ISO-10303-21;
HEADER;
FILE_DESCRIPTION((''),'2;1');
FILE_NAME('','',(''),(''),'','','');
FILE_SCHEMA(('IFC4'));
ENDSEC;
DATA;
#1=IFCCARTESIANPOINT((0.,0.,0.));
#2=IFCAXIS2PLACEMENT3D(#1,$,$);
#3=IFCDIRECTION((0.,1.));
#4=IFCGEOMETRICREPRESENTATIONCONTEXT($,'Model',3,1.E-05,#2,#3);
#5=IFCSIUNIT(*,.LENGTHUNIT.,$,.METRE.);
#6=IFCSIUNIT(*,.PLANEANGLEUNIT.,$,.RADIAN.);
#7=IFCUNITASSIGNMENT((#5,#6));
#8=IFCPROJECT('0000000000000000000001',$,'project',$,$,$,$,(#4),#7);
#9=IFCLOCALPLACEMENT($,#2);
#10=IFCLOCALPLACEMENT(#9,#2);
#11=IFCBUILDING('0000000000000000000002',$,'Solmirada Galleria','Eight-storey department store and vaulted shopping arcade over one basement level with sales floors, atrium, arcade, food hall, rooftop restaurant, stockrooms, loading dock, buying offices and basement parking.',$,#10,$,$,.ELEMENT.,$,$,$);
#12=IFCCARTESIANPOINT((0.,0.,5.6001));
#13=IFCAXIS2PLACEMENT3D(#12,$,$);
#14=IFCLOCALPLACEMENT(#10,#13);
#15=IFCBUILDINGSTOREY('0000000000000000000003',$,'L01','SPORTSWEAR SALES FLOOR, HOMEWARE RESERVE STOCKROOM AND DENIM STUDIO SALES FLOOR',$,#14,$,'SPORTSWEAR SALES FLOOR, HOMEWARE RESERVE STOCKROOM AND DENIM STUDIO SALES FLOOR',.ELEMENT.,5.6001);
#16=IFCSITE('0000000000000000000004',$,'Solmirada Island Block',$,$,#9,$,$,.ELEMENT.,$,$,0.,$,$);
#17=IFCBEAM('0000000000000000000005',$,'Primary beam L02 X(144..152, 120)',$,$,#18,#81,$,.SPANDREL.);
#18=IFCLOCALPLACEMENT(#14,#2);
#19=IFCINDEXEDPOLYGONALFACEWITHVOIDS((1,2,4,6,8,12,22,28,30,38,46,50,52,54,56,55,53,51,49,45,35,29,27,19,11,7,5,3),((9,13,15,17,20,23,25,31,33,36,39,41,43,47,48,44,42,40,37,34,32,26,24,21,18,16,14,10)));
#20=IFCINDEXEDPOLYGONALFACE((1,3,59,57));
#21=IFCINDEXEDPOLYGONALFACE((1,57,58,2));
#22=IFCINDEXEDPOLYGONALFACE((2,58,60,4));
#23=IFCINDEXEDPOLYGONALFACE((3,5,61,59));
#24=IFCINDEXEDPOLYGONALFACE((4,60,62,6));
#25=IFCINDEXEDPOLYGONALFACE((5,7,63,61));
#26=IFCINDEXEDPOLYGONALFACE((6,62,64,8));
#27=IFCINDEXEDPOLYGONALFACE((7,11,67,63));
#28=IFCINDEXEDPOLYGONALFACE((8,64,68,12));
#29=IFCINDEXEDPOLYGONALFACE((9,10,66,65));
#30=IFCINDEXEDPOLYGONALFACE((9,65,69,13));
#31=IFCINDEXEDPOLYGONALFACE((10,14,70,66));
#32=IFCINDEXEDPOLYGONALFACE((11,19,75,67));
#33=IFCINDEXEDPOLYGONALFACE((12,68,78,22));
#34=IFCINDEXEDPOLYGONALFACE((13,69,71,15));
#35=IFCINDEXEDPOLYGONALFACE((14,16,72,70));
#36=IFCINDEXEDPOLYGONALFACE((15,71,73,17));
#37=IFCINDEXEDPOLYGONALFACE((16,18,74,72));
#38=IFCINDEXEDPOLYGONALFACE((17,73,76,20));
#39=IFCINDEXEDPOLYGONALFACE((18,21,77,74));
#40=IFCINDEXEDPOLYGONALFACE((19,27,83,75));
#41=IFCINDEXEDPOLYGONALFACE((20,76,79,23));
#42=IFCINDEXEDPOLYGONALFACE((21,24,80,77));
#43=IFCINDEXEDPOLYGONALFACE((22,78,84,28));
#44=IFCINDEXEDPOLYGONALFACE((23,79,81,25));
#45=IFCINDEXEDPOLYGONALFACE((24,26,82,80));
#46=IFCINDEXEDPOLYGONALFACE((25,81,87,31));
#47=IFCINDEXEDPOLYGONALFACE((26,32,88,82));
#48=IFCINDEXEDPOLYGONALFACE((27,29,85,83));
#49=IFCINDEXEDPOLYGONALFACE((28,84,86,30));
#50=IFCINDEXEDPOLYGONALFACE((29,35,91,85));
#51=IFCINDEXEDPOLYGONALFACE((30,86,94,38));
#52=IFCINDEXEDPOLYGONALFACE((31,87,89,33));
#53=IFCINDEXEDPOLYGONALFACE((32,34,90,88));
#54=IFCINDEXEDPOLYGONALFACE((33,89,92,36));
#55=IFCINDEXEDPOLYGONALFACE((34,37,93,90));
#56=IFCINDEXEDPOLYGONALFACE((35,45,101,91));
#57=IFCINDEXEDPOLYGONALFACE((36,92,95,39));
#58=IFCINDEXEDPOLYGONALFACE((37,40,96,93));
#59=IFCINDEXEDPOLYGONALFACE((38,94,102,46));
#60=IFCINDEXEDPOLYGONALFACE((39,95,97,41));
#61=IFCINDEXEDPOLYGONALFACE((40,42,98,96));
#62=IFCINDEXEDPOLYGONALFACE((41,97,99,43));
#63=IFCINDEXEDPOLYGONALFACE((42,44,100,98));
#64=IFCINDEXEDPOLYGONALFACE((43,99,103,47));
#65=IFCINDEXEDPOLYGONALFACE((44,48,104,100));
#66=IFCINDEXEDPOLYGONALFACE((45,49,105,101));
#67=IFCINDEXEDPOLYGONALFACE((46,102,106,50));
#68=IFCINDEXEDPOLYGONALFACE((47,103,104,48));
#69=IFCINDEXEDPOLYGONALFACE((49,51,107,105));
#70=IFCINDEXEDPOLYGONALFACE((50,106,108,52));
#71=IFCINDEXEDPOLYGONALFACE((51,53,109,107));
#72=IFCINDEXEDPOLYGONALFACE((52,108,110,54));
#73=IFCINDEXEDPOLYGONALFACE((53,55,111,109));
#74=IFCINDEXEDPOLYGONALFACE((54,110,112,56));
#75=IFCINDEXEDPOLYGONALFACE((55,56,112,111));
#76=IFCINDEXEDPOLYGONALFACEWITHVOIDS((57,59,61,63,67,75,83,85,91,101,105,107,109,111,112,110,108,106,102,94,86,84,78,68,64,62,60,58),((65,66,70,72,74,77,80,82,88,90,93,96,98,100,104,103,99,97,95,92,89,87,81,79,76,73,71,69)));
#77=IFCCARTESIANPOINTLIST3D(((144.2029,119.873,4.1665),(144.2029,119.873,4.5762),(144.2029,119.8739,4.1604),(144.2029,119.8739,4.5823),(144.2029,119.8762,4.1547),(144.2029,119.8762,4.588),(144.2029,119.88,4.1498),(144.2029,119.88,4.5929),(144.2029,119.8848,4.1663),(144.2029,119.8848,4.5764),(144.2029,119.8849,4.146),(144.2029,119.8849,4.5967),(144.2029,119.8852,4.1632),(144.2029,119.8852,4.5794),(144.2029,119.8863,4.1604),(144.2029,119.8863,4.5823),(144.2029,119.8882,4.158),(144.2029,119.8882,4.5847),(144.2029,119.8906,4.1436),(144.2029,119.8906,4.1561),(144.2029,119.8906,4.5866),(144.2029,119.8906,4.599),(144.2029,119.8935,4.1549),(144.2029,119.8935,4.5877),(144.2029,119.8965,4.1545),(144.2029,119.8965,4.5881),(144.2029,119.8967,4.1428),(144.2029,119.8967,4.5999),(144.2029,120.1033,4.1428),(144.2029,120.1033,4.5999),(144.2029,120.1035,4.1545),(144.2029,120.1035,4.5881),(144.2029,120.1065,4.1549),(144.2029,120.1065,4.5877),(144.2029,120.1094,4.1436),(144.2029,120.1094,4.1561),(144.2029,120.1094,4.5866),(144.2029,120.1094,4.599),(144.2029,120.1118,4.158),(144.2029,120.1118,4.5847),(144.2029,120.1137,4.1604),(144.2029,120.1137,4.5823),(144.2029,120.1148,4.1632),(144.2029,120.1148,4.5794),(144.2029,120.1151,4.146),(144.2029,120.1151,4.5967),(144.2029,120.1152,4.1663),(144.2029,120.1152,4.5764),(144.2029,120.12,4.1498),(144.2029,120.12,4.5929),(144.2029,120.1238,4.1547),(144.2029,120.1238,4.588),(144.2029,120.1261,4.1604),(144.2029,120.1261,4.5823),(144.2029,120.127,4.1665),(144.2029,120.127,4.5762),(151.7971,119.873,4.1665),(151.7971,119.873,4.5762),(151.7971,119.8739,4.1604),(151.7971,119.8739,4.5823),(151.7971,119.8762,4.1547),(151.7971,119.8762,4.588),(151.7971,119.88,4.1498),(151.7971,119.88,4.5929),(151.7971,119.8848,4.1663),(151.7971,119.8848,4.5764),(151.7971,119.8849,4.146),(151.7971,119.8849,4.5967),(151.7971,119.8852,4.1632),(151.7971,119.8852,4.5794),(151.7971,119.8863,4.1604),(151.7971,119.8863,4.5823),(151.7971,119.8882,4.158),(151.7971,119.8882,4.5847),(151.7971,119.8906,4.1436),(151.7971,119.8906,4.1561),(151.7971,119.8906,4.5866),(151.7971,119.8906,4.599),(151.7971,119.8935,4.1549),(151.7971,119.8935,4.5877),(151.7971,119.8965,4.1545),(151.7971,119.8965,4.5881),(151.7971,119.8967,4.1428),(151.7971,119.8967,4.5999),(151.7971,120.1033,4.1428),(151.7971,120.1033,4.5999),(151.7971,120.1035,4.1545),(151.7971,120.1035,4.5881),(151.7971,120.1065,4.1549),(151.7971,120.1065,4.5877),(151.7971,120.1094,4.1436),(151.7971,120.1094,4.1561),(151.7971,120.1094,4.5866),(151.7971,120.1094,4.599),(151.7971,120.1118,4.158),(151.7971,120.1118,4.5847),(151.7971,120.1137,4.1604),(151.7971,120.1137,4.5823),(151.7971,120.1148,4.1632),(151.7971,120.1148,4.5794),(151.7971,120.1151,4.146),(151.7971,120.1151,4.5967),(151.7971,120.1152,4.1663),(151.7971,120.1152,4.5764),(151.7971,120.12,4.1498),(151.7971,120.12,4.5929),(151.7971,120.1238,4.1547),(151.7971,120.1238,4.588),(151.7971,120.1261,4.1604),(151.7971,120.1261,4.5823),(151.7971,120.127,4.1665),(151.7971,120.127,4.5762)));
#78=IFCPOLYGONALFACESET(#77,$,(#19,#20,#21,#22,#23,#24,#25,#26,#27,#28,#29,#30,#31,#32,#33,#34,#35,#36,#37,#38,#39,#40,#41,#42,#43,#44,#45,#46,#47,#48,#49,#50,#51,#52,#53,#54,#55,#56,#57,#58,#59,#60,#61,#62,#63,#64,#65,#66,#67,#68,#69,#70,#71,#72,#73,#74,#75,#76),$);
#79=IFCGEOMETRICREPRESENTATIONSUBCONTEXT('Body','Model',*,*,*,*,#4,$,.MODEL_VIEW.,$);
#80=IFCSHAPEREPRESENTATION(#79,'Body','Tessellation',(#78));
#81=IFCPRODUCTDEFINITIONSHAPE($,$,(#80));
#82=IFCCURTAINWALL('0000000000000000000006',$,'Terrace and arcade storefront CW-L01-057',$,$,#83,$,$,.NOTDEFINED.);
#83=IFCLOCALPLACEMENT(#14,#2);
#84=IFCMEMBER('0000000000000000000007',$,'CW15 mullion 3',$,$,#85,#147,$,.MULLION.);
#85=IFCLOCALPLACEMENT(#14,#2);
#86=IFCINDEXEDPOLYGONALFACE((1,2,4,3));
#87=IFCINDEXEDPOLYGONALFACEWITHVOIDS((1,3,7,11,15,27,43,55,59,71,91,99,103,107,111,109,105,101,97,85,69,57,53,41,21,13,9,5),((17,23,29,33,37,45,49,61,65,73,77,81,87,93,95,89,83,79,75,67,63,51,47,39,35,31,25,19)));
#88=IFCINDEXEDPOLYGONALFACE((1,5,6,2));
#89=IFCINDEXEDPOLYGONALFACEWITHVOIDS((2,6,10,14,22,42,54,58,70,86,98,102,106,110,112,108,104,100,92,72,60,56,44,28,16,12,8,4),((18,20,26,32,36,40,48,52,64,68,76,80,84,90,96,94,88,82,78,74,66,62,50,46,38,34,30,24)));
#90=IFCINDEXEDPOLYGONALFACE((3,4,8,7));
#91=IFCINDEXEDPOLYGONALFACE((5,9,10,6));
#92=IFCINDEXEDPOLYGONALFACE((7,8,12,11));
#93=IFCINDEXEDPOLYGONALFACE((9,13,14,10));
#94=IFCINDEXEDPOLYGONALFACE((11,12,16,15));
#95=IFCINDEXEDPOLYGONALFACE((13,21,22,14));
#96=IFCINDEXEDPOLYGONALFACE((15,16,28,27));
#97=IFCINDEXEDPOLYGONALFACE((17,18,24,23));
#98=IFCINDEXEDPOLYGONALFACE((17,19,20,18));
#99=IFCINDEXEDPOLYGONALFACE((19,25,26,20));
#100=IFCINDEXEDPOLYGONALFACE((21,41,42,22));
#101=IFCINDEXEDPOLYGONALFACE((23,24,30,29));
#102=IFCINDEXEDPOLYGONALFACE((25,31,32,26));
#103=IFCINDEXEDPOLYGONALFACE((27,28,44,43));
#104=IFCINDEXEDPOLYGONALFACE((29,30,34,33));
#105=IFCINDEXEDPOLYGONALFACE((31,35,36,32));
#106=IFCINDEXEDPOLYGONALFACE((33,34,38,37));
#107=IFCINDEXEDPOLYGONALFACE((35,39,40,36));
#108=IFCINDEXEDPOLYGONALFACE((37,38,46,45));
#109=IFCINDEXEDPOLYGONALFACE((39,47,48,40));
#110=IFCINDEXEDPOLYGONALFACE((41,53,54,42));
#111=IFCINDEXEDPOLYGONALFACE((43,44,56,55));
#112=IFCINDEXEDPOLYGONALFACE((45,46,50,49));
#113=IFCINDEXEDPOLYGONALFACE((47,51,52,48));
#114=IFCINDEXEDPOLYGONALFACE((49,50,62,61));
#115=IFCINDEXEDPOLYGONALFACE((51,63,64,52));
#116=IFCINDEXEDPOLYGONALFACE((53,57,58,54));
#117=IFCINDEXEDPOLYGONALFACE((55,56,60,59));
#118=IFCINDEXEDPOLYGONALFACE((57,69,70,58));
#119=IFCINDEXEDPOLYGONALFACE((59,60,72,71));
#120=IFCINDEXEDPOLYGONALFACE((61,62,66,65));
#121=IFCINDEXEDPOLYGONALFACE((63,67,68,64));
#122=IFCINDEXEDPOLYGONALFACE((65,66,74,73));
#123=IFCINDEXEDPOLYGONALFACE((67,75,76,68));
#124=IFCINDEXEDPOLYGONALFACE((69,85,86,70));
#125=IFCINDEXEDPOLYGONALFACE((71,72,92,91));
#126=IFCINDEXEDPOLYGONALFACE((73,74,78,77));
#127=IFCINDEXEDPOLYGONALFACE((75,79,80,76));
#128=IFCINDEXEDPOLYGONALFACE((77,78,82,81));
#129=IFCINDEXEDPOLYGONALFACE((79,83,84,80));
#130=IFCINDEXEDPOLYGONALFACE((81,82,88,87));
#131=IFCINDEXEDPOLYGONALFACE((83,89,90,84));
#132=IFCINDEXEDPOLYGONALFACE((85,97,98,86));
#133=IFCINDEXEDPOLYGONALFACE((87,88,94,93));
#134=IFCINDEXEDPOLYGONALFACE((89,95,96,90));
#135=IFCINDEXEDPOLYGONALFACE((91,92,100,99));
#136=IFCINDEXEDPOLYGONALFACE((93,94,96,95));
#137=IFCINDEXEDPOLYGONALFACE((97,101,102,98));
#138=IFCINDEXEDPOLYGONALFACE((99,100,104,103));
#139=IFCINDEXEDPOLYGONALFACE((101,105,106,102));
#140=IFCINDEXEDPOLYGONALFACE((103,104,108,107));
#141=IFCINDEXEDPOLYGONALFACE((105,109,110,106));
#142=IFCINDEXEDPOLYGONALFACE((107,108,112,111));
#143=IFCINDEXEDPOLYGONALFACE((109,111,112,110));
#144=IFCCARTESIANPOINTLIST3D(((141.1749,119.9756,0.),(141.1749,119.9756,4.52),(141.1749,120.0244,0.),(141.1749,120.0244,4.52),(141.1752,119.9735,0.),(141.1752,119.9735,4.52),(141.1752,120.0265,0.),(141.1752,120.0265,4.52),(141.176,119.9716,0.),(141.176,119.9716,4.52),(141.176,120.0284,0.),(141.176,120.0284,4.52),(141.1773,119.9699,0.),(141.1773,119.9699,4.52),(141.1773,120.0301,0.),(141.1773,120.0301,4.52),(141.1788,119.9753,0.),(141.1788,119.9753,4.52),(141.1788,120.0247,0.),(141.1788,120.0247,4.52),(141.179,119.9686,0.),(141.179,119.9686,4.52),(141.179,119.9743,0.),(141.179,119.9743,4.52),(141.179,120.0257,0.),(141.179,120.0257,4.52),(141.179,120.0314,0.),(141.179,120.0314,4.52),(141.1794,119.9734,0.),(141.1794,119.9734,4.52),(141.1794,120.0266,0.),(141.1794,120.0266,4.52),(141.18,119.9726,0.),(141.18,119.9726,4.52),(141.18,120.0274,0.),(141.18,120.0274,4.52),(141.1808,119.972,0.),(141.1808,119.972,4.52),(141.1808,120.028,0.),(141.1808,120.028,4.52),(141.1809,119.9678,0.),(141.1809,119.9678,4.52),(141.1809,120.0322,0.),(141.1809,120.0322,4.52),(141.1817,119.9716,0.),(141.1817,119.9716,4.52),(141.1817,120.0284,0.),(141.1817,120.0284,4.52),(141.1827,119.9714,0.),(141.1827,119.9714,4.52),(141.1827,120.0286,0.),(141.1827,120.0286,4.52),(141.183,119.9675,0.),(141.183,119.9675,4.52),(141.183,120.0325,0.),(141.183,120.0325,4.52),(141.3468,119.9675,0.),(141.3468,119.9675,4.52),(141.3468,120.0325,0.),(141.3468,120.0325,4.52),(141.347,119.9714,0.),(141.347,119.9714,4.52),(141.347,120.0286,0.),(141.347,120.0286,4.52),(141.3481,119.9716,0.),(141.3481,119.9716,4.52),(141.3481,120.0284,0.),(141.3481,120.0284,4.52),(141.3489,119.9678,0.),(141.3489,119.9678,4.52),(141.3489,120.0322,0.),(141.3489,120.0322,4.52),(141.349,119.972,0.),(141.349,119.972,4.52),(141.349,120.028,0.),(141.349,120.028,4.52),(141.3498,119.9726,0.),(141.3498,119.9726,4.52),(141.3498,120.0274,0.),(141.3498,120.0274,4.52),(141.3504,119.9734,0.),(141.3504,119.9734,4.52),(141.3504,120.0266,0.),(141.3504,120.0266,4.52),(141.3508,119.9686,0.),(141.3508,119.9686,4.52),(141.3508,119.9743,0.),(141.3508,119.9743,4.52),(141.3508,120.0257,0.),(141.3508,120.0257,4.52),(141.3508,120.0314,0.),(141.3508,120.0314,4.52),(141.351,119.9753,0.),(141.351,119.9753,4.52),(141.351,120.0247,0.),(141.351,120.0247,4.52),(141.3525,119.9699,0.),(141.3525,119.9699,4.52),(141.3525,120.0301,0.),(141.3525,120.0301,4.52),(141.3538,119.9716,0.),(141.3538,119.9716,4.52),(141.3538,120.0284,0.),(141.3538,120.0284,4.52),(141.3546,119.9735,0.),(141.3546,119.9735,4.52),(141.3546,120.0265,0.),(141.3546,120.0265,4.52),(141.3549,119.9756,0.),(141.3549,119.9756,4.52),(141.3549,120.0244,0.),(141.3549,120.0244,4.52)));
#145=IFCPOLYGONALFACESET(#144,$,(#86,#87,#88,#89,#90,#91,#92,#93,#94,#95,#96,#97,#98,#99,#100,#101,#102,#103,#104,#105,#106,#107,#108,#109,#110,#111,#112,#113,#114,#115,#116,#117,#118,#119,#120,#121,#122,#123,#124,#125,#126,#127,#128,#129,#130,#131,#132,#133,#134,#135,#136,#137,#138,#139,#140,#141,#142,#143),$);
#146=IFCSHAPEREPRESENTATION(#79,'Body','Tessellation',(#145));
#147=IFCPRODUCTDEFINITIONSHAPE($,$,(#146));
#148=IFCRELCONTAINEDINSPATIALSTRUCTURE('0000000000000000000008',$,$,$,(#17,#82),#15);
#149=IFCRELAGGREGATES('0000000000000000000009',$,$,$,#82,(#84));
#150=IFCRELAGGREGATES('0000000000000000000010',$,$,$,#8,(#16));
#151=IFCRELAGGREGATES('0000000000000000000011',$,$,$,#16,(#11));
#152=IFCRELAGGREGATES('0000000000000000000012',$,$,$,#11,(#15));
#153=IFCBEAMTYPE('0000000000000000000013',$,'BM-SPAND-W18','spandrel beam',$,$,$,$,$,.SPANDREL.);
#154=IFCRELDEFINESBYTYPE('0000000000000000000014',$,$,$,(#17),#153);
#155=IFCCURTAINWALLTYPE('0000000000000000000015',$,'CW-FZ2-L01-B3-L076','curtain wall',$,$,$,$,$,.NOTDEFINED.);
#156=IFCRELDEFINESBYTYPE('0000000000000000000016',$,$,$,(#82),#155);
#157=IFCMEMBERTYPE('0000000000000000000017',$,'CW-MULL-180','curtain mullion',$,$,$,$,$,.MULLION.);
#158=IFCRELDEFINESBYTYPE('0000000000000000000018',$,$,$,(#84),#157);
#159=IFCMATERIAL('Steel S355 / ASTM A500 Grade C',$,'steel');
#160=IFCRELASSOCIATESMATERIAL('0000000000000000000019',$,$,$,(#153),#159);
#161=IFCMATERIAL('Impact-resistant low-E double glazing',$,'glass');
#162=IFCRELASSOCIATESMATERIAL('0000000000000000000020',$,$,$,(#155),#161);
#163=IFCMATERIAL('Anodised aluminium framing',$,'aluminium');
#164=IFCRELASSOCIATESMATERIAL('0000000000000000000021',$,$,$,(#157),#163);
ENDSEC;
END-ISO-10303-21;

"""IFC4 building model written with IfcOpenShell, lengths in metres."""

from ifc_helpers import new_model, si_unit, direction, frame, origin, origin_2d, place, context, subcontext, project, spatial, hollow_rectangle, extrude, material, material_profile, profile_set, type_object, element, aggregate, save


model = new_model("IFC4")

# Units and contexts
model_context = context("Model", 3, precision=1e-05, world=origin(), true_north=direction((0.0, 1.0)))
body_context = subcontext(model_context, "Body", "Model", "MODEL_VIEW")
ifc_project = project(units=[si_unit("LENGTHUNIT", "METRE"), si_unit("PLANEANGLEUNIT", "RADIAN")], contexts=[model_context])

# Site, building, storey
site_placement = place(None, origin())
site = spatial("IfcSite", under=ifc_project, at=site_placement, Name="Solmirada Island Block", CompositionType="ELEMENT", RefElevation=0.0)
building_placement = place(site_placement, origin())
building = spatial("IfcBuilding", under=site, at=building_placement, Name="Solmirada Galleria", Description="Eight-storey department store and vaulted shopping arcade over one basement level with sales floors, atrium, arcade, food hall, rooftop restaurant, stockrooms, loading dock, buying offices and basement parking.", CompositionType="ELEMENT")
storey_placement = place(building_placement, frame((0.0, 0.0, 5.6001)))
storey = spatial("IfcBuildingStorey", under=building, at=storey_placement, Name="L01", Description="SPORTSWEAR SALES FLOOR, HOMEWARE RESERVE STOCKROOM AND DENIM STUDIO SALES FLOOR", LongName="SPORTSWEAR SALES FLOOR, HOMEWARE RESERVE STOCKROOM AND DENIM STUDIO SALES FLOOR", CompositionType="ELEMENT", Elevation=5.6001)

# Shared definitions
ifc_material_1 = material(Name="Steel S355 / ASTM A500 Grade C", Category="steel")

# Beam
ifc_material_profile_1 = material_profile(ifc_material_1, hollow_rectangle(XDim=0.2539, YDim=0.457, WallThickness=0.0117, InnerFilletRadius=0.0117, OuterFilletRadius=0.0237, at=origin_2d()), Name="HSS18X10X1/2")
ifc_profile_set_1 = profile_set([ifc_material_profile_1], Name="Steel S355 / ASTM A500 Grade C")
beam_type = type_object("IfcBeamType", Name="BM-SPAND-W18", Description="spandrel beam", PredefinedType="SPANDREL", material=ifc_profile_set_1)
beam_placement = place(storey_placement, frame((144.2029, 120.0, 4.3713), z_axis=(1.0, 0.0, 0.0), x_axis=(0.0, 1.0, 0.0)))
element("IfcBeam", 1, at=beam_placement, inside=storey, type_object=beam_type, Name="Primary beam L02 X(144..152, 120)", PredefinedType="SPANDREL", context=body_context, shape_type="SweptSolid", body=[
    extrude(hollow_rectangle(XDim=0.2539, YDim=0.457, WallThickness=0.0117, InnerFilletRadius=0.0117, OuterFilletRadius=0.0237, at=origin_2d()), origin(), (0.0, 0.0, 1.0), 7.5942),
])

# Curtain wall, member
ifc_material_2 = material(Name="Impact-resistant low-E double glazing", Category="glass")
curtain_wall_type = type_object("IfcCurtainWallType", Name="CW-FZ2-L01-B3-L076", Description="curtain wall", PredefinedType="NOTDEFINED", material=ifc_material_2)
curtain_wall_placement = place(storey_placement, origin())
curtain_wall = element("IfcCurtainWall", 2, at=curtain_wall_placement, inside=storey, type_object=curtain_wall_type, Name="Terrace and arcade storefront CW-L01-057", PredefinedType="NOTDEFINED")
ifc_material_3 = material(Name="Anodised aluminium framing", Category="aluminium")
ifc_material_profile_2 = material_profile(ifc_material_3, hollow_rectangle(XDim=0.0649, YDim=0.1799, WallThickness=0.0039, InnerFilletRadius=0.0039, OuterFilletRadius=0.0081, at=origin_2d()), Name="ALU-MULL-180X65")
ifc_profile_set_2 = profile_set([ifc_material_profile_2], Name="Anodised aluminium framing")
member_type_1 = type_object("IfcMemberType", Name="CW-MULL-180", Description="curtain mullion", PredefinedType="MULLION", material=ifc_profile_set_2)
member_1_placement = place(storey_placement, frame((141.2649, 120.0, 0.0), z_axis=(0.0, 0.0, 1.0), x_axis=(0.0, 1.0, 0.0)))
member_1 = element("IfcMember", 3, at=member_1_placement, type_object=member_type_1, Name="CW15 mullion 3", PredefinedType="MULLION", context=body_context, shape_type="SweptSolid", body=[
    extrude(hollow_rectangle(XDim=0.0649, YDim=0.1799, WallThickness=0.0039, InnerFilletRadius=0.0039, OuterFilletRadius=0.0081, at=origin_2d()), origin(), (0.0, 0.0, 1.0), 4.52),
])
aggregate(curtain_wall, [member_1])

save(model, "model.ifc")
